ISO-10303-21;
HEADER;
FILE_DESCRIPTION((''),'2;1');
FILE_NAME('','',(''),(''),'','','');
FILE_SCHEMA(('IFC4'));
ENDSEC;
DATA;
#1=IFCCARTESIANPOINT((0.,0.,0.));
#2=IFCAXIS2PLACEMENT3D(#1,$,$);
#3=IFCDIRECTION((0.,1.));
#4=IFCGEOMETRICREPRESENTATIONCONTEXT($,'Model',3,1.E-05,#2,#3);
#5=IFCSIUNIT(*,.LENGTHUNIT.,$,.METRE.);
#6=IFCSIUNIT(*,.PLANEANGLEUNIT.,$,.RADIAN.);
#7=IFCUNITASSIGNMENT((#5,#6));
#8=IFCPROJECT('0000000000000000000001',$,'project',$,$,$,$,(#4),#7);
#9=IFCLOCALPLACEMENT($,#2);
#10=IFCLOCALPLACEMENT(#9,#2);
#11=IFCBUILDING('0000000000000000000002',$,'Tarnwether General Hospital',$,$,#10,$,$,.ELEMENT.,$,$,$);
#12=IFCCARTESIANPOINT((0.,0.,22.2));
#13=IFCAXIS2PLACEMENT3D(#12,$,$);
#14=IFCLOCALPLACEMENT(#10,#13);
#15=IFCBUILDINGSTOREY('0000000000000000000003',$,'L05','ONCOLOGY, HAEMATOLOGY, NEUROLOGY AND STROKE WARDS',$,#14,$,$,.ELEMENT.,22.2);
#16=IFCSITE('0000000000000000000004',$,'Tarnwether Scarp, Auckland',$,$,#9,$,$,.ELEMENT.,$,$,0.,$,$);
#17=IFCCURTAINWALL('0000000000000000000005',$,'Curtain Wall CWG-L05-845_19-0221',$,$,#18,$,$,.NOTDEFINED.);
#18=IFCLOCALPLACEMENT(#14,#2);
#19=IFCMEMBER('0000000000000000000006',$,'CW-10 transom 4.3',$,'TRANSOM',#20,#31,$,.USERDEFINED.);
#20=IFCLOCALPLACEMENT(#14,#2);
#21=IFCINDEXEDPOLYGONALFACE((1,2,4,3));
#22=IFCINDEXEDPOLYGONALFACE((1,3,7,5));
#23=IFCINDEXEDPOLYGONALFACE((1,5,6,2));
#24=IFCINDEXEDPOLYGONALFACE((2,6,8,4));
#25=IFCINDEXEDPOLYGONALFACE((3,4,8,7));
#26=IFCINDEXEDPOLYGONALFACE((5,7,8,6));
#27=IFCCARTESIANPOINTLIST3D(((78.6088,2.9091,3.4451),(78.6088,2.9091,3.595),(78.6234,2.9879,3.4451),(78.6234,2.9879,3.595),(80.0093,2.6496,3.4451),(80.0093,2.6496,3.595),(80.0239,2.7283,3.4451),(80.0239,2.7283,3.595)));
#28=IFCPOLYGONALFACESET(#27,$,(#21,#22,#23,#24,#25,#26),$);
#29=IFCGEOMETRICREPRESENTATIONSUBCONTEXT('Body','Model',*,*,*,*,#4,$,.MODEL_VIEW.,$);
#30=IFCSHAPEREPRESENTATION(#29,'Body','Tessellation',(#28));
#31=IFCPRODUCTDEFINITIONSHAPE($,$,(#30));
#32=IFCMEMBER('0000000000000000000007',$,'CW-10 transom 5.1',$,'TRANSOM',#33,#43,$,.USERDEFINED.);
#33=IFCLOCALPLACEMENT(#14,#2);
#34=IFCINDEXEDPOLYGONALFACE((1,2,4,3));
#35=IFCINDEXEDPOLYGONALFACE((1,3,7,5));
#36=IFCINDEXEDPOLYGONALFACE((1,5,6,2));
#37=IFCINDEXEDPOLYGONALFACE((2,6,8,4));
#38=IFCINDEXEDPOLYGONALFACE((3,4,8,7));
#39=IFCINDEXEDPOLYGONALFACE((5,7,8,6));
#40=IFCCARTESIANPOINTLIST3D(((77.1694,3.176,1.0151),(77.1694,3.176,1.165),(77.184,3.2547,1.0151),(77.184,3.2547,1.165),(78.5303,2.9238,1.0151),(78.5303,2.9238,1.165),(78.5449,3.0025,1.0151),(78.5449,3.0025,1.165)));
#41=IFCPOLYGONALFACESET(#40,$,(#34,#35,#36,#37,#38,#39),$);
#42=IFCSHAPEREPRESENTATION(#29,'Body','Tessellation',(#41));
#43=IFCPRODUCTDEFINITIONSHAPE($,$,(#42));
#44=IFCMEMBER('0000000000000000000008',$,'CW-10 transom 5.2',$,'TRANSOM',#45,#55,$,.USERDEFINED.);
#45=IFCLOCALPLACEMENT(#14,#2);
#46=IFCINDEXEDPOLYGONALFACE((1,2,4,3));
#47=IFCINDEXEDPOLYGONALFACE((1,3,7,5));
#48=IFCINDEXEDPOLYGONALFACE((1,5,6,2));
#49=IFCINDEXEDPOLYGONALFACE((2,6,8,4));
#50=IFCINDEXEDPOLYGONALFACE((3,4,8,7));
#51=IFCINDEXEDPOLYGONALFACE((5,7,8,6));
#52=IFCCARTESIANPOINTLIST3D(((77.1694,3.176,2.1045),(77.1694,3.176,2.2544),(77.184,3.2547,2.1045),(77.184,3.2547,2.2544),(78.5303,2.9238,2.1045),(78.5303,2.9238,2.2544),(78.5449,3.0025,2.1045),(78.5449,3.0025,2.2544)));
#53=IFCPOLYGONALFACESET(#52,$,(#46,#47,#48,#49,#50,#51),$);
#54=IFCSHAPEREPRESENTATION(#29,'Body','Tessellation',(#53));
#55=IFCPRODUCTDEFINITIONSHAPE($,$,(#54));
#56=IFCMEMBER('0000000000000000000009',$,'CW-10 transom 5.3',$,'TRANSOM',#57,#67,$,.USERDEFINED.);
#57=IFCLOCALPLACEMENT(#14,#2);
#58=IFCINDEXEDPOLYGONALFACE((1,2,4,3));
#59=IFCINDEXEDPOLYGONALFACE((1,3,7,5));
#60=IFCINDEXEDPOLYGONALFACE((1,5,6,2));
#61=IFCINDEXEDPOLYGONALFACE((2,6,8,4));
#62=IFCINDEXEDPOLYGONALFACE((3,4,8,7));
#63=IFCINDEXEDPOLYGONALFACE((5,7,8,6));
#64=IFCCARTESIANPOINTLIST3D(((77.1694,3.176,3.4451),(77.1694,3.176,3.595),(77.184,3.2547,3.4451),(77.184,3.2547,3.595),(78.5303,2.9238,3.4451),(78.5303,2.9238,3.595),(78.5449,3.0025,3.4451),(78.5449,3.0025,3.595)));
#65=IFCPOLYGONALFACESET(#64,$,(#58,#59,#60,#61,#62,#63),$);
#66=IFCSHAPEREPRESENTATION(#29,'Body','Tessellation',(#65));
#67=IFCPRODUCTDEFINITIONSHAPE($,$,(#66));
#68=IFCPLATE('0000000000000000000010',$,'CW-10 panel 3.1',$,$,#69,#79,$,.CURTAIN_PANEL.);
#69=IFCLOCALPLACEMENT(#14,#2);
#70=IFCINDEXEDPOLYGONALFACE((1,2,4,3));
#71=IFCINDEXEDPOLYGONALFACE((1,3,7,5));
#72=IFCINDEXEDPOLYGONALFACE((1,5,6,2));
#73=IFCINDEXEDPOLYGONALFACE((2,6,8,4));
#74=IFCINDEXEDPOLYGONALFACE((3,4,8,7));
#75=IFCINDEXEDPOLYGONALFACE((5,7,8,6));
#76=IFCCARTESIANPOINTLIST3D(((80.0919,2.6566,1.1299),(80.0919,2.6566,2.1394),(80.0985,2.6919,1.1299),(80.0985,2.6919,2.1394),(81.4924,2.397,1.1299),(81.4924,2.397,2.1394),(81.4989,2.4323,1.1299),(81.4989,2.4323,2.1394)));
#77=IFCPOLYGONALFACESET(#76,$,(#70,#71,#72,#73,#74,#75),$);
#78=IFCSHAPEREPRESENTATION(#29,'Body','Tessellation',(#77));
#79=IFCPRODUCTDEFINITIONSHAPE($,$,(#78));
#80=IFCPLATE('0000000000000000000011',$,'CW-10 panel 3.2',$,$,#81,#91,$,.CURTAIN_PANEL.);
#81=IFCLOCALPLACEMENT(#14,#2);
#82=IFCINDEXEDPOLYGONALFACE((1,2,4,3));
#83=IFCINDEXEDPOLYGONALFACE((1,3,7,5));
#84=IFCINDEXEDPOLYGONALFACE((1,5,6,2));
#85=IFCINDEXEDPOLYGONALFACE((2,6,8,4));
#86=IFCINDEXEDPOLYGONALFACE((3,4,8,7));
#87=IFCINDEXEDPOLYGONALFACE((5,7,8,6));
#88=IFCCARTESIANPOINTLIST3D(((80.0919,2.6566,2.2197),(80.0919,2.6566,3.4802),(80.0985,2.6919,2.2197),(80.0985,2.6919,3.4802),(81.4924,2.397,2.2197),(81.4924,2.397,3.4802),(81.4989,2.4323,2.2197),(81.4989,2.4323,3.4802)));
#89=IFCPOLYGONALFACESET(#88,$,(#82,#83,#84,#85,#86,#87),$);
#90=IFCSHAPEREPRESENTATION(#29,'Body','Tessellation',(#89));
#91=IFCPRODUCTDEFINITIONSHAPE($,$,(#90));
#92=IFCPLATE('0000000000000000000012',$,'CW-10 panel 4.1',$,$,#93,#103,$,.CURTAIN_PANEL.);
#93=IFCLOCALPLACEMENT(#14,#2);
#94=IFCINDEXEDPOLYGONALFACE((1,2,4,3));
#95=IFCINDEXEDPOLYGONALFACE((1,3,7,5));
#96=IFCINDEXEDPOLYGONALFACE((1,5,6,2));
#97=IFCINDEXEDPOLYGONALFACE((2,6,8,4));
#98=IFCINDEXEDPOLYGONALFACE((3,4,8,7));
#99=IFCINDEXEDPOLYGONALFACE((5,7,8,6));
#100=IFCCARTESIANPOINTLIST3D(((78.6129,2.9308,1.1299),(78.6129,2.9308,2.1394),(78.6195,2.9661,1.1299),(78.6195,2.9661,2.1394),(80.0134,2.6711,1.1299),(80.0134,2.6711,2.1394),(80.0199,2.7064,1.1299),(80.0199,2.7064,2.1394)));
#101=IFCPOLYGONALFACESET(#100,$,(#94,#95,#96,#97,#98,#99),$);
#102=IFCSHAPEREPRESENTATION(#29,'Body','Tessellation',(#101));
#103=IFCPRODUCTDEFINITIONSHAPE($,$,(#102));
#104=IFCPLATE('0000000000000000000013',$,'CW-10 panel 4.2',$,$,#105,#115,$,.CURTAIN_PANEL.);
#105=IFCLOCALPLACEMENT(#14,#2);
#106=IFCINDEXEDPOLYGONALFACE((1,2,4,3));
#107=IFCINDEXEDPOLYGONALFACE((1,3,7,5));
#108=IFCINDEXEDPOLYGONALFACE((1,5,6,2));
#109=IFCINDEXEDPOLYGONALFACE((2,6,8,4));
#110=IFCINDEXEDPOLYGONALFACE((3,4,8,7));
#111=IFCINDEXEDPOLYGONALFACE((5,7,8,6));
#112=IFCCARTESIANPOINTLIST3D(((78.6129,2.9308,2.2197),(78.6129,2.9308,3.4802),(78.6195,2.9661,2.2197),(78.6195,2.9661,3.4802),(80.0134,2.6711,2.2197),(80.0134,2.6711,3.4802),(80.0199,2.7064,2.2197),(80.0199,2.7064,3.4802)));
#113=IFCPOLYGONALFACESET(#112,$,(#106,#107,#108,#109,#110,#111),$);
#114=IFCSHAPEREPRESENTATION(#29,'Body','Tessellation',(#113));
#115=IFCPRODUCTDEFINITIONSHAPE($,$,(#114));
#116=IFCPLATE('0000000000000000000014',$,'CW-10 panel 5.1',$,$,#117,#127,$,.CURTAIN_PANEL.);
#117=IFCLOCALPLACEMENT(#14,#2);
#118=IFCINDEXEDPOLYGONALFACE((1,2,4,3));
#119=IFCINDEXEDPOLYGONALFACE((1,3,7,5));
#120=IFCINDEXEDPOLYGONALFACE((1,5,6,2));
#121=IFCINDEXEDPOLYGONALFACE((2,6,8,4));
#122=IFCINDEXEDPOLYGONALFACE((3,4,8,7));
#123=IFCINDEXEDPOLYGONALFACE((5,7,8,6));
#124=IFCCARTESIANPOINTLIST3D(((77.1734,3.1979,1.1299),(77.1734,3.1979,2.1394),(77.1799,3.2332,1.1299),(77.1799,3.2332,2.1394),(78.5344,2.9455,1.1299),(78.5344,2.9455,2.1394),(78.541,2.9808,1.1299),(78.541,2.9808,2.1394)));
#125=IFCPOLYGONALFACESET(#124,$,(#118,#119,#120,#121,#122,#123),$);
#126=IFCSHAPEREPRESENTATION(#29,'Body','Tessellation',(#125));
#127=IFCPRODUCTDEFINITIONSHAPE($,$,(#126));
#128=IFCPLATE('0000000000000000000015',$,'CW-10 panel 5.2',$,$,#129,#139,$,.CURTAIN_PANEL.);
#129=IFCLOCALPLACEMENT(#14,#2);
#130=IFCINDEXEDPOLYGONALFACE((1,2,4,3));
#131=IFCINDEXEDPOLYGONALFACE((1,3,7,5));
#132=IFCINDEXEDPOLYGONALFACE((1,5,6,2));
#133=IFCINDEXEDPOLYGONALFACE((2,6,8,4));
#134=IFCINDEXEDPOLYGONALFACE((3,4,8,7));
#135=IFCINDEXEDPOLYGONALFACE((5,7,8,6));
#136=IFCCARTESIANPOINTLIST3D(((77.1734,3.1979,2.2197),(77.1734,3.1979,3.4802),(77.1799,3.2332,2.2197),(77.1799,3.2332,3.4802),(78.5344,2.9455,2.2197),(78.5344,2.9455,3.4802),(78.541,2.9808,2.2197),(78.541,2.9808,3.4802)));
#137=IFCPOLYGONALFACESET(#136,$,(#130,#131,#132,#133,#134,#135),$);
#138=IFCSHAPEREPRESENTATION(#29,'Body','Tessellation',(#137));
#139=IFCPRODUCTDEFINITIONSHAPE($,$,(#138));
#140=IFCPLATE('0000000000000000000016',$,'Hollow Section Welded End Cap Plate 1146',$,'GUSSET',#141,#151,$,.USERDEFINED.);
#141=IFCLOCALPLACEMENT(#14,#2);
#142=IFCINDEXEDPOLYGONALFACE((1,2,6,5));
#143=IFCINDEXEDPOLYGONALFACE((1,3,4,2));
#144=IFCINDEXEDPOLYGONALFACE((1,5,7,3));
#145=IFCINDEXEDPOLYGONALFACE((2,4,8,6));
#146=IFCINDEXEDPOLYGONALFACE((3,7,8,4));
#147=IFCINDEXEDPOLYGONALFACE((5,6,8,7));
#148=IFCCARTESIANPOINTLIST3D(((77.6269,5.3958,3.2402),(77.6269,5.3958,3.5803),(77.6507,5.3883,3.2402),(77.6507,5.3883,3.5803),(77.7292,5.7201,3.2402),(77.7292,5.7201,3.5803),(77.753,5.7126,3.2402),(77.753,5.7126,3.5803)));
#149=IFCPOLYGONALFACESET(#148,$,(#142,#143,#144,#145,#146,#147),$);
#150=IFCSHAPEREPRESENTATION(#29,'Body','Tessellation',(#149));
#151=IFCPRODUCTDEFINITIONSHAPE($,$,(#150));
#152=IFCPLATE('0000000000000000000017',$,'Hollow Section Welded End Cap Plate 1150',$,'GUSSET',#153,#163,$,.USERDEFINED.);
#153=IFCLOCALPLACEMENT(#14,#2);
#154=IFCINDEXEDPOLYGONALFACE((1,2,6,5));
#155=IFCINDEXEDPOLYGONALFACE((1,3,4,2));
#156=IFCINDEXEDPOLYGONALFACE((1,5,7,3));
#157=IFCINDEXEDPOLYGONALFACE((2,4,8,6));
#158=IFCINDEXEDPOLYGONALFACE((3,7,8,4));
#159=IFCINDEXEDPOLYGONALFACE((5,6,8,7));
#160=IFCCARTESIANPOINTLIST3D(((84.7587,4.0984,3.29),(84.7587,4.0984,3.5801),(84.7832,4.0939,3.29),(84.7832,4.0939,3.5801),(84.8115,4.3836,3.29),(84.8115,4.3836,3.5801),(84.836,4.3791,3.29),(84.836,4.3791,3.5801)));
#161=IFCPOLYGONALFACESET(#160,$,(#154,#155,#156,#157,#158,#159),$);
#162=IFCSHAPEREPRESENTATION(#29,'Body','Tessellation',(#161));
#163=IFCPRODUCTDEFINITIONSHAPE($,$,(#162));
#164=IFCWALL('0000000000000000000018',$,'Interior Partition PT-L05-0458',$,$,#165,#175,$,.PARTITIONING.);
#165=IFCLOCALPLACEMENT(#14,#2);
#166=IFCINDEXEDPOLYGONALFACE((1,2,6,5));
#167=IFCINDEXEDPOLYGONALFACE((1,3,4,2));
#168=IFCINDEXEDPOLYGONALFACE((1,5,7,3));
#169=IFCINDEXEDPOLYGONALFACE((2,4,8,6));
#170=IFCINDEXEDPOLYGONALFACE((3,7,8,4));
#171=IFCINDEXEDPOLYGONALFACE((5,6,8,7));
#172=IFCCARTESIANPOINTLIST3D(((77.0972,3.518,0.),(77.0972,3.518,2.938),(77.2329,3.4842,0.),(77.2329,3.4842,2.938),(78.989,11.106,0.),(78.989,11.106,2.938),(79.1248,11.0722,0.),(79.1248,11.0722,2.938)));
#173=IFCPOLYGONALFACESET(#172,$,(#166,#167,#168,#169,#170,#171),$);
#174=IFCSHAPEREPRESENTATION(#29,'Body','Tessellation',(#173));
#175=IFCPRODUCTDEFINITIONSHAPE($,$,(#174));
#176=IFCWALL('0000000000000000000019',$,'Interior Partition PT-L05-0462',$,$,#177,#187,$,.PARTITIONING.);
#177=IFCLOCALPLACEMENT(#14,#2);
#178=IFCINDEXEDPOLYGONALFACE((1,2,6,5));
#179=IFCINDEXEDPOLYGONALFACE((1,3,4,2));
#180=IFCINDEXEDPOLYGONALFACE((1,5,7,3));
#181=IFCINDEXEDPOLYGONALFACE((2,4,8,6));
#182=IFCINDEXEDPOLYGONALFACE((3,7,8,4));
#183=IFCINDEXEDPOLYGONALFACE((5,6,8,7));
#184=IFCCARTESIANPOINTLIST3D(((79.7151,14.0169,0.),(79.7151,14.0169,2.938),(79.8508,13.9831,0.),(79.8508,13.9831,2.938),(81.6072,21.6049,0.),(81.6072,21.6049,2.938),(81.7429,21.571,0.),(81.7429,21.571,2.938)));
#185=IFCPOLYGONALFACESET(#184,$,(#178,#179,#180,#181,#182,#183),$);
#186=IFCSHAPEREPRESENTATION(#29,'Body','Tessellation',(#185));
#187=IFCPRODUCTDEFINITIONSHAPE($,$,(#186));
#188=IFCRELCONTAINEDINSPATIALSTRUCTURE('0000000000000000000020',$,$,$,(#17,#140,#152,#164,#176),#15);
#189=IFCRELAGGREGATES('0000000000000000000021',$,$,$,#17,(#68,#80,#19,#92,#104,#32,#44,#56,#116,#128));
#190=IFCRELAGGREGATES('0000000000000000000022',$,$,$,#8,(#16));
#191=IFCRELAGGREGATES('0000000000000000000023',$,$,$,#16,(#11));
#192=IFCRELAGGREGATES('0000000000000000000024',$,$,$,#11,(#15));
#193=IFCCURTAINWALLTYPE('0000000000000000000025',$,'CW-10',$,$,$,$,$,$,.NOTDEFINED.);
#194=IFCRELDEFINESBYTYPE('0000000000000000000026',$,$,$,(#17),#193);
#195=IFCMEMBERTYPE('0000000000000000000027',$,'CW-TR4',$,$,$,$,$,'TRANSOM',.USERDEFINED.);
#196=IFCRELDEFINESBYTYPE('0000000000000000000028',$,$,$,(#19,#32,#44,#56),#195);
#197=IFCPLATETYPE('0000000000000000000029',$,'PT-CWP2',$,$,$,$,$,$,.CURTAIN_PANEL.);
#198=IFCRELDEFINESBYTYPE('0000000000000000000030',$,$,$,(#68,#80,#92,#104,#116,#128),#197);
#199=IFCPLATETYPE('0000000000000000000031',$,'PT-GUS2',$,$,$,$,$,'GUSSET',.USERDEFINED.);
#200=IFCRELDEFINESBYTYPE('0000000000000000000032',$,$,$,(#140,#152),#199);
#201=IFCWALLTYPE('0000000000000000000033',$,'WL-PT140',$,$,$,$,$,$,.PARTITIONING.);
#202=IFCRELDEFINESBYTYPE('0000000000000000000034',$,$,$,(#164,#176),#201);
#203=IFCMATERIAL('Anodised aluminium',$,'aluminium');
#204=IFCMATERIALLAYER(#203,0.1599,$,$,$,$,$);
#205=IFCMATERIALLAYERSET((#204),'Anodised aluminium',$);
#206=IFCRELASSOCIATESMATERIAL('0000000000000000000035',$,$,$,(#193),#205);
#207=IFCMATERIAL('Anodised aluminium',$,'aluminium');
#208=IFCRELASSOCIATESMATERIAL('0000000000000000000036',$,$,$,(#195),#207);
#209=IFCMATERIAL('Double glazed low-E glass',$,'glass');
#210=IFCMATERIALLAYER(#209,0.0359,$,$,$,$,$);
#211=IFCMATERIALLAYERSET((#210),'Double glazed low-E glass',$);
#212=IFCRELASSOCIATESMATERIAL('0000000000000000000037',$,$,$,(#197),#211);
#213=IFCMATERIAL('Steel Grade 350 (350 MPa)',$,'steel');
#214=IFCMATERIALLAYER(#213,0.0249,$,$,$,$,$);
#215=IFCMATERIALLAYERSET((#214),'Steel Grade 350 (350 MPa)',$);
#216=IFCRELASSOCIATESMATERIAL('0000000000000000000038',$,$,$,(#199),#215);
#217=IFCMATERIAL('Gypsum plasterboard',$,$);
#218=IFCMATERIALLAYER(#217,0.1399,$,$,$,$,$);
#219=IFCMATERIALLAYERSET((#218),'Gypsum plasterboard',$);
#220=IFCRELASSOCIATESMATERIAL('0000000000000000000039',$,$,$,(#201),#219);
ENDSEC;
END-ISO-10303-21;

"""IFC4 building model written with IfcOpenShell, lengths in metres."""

from ifc_helpers import new_model, si_unit, direction, frame, frame_2d, origin, origin_2d, place, context, subcontext, project, spatial, rectangle, extrude, material, layer, layer_set, material_profile, profile_set, type_object, element, aggregate, save


model = new_model("IFC4")

# Units and contexts
model_context = context("Model", 3, precision=1e-05, world=origin(), true_north=direction((0.0, 1.0)))
body_context = subcontext(model_context, "Body", "Model", "MODEL_VIEW")
ifc_project = project(units=[si_unit("LENGTHUNIT", "METRE"), si_unit("PLANEANGLEUNIT", "RADIAN")], contexts=[model_context])

# Site, building, storey
site_placement = place(None, origin())
site = spatial("IfcSite", under=ifc_project, at=site_placement, Name="Tarnwether Scarp, Auckland", CompositionType="ELEMENT", RefElevation=0.0)
building_placement = place(site_placement, origin())
building = spatial("IfcBuilding", under=site, at=building_placement, Name="Tarnwether General Hospital", CompositionType="ELEMENT")
storey_placement = place(building_placement, frame((0.0, 0.0, 22.2)))
storey = spatial("IfcBuildingStorey", under=building, at=storey_placement, Name="L05", Description="ONCOLOGY, HAEMATOLOGY, NEUROLOGY AND STROKE WARDS", CompositionType="ELEMENT", Elevation=22.2)

# Curtain wall, members, plates
ifc_material_1 = material(Name="Anodised aluminium", Category="aluminium")
ifc_layer_1 = layer(ifc_material_1, 0.1599)
ifc_layer_set_1 = layer_set([ifc_layer_1], Name="Anodised aluminium")
curtain_wall_type = type_object("IfcCurtainWallType", Name="CW-10", PredefinedType="NOTDEFINED", material=ifc_layer_set_1)
curtain_wall_placement = place(storey_placement, origin())
curtain_wall = element("IfcCurtainWall", 1, at=curtain_wall_placement, inside=storey, type_object=curtain_wall_type, Name="Curtain Wall CWG-L05-845_19-0221", PredefinedType="NOTDEFINED")
ifc_material_2 = material(Name="Anodised aluminium", Category="aluminium")
ifc_material_profile_1 = material_profile(ifc_material_2, rectangle(XDim=0.0801, YDim=0.1499, at=origin_2d()), Name="ALU-TRN-80x150")
ifc_profile_set_1 = profile_set([ifc_material_profile_1], Name="Anodised aluminium")
member_type_1 = type_object("IfcMemberType", Name="CW-TR4", ElementType="TRANSOM", PredefinedType="USERDEFINED", material=ifc_profile_set_1)
member_1_placement = place(storey_placement, frame((80.0166, 2.689, 3.52), z_axis=(-0.983258, 0.182218, 0.0), x_axis=(-0.182218, -0.983258, 0.0)))
member_1 = element("IfcMember", 2, at=member_1_placement, type_object=member_type_1, Name="CW-10 transom 4.3", ObjectType="TRANSOM", PredefinedType="USERDEFINED", context=body_context, shape_type="SweptSolid", body=[
    extrude(rectangle(XDim=0.0801, YDim=0.1499, at=origin_2d()), origin(), (0.0, 0.0, 1.0), 1.4243),
])
member_2_placement = place(storey_placement, frame((78.5376, 2.9631, 1.0901), z_axis=(-0.983257, 0.182222, 0.0), x_axis=(-0.182222, -0.983257, 0.0)))
member_2 = element("IfcMember", 3, at=member_2_placement, type_object=member_type_1, Name="CW-10 transom 5.1", ObjectType="TRANSOM", PredefinedType="USERDEFINED", context=body_context, shape_type="SweptSolid", body=[
    extrude(rectangle(XDim=0.0801, YDim=0.1499, at=origin_2d()), origin(), (0.0, 0.0, 1.0), 1.384),
])
member_3_placement = place(storey_placement, frame((78.5376, 2.9631, 2.1794), z_axis=(-0.983257, 0.182222, 0.0), x_axis=(-0.182222, -0.983257, 0.0)))
member_3 = element("IfcMember", 4, at=member_3_placement, type_object=member_type_1, Name="CW-10 transom 5.2", ObjectType="TRANSOM", PredefinedType="USERDEFINED", context=body_context, shape_type="SweptSolid", body=[
    extrude(rectangle(XDim=0.0801, YDim=0.1499, at=origin_2d()), origin(), (0.0, 0.0, 1.0), 1.384),
])
member_4_placement = place(storey_placement, frame((78.5376, 2.9631, 3.52), z_axis=(-0.983257, 0.182222, 0.0), x_axis=(-0.182222, -0.983257, 0.0)))
member_4 = element("IfcMember", 5, at=member_4_placement, type_object=member_type_1, Name="CW-10 transom 5.3", ObjectType="TRANSOM", PredefinedType="USERDEFINED", context=body_context, shape_type="SweptSolid", body=[
    extrude(rectangle(XDim=0.0801, YDim=0.1499, at=origin_2d()), origin(), (0.0, 0.0, 1.0), 1.384),
])
ifc_material_3 = material(Name="Double glazed low-E glass", Category="glass")
ifc_layer_2 = layer(ifc_material_3, 0.0359)
ifc_layer_set_2 = layer_set([ifc_layer_2], Name="Double glazed low-E glass")
plate_type_1 = type_object("IfcPlateType", Name="PT-CWP2", PredefinedType="CURTAIN_PANEL", material=ifc_layer_set_2)
plate_1_placement = place(storey_placement, frame((80.7954, 2.5444, 1.1299), z_axis=(0.0, 0.0, 1.0), x_axis=(-0.983245, 0.182289, 0.0)))
plate_1 = element("IfcPlate", 6, at=plate_1_placement, type_object=plate_type_1, Name="CW-10 panel 3.1", PredefinedType="CURTAIN_PANEL", context=body_context, shape_type="SweptSolid", body=[
    extrude(rectangle(XDim=1.4243, YDim=0.0359, at=origin_2d()), origin(), (0.0, 0.0, 1.0), 1.0095),
])
plate_2_placement = place(storey_placement, frame((80.7954, 2.5444, 2.2197), z_axis=(0.0, 0.0, 1.0), x_axis=(-0.983245, 0.182289, 0.0)))
plate_2 = element("IfcPlate", 7, at=plate_2_placement, type_object=plate_type_1, Name="CW-10 panel 3.2", PredefinedType="CURTAIN_PANEL", context=body_context, shape_type="SweptSolid", body=[
    extrude(rectangle(XDim=1.4243, YDim=0.0359, at=origin_2d()), origin(), (0.0, 0.0, 1.0), 1.2605),
])
plate_3_placement = place(storey_placement, frame((79.3164, 2.8186, 1.1299), z_axis=(0.0, 0.0, 1.0), x_axis=(-0.983245, 0.182289, 0.0)))
plate_3 = element("IfcPlate", 8, at=plate_3_placement, type_object=plate_type_1, Name="CW-10 panel 4.1", PredefinedType="CURTAIN_PANEL", context=body_context, shape_type="SweptSolid", body=[
    extrude(rectangle(XDim=1.4243, YDim=0.0359, at=origin_2d()), origin(), (0.0, 0.0, 1.0), 1.0095),
])
plate_4_placement = place(storey_placement, frame((79.3164, 2.8186, 2.2197), z_axis=(0.0, 0.0, 1.0), x_axis=(-0.983245, 0.182289, 0.0)))
plate_4 = element("IfcPlate", 9, at=plate_4_placement, type_object=plate_type_1, Name="CW-10 panel 4.2", PredefinedType="CURTAIN_PANEL", context=body_context, shape_type="SweptSolid", body=[
    extrude(rectangle(XDim=1.4243, YDim=0.0359, at=origin_2d()), origin(), (0.0, 0.0, 1.0), 1.2605),
])
plate_5_placement = place(storey_placement, frame((77.8572, 3.0894, 1.1299), z_axis=(0.0, 0.0, 1.0), x_axis=(-0.983245, 0.182289, 0.0)))
plate_5 = element("IfcPlate", 10, at=plate_5_placement, type_object=plate_type_1, Name="CW-10 panel 5.1", PredefinedType="CURTAIN_PANEL", context=body_context, shape_type="SweptSolid", body=[
    extrude(rectangle(XDim=1.3843, YDim=0.0359, at=origin_2d()), origin(), (0.0, 0.0, 1.0), 1.0095),
])
plate_6_placement = place(storey_placement, frame((77.8572, 3.0894, 2.2197), z_axis=(0.0, 0.0, 1.0), x_axis=(-0.983245, 0.182289, 0.0)))
plate_6 = element("IfcPlate", 11, at=plate_6_placement, type_object=plate_type_1, Name="CW-10 panel 5.2", PredefinedType="CURTAIN_PANEL", context=body_context, shape_type="SweptSolid", body=[
    extrude(rectangle(XDim=1.3843, YDim=0.0359, at=origin_2d()), origin(), (0.0, 0.0, 1.0), 1.2605),
])
aggregate(curtain_wall, [plate_1, plate_2, member_1, plate_3, plate_4, member_2, member_3, member_4, plate_5, plate_6])

# Plates
ifc_material_4 = material(Name="Steel Grade 350 (350 MPa)", Category="steel")
ifc_layer_3 = layer(ifc_material_4, 0.0249)
ifc_layer_set_3 = layer_set([ifc_layer_3], Name="Steel Grade 350 (350 MPa)")
plate_type_2 = type_object("IfcPlateType", Name="PT-GUS2", ElementType="GUSSET", PredefinedType="USERDEFINED", material=ifc_layer_set_3)
plate_7_placement = place(storey_placement, frame((77.6899, 5.5542, 3.2402), z_axis=(0.0, 0.0, 1.0), x_axis=(0.953691, -0.300789, 0.0)))
element("IfcPlate", 12, at=plate_7_placement, inside=storey, type_object=plate_type_2, Name="Hollow Section Welded End Cap Plate 1146", ObjectType="GUSSET", PredefinedType="USERDEFINED", context=body_context, shape_type="SweptSolid", body=[
    extrude(rectangle(XDim=0.0249, YDim=0.3401, at=origin_2d()), origin(), (0.0, 0.0, 1.0), 0.3401),
])
plate_8_placement = place(storey_placement, frame((84.7974, 4.2388, 3.29), z_axis=(0.0, 0.0, 1.0), x_axis=(0.983261, -0.182201, 0.0)))
element("IfcPlate", 13, at=plate_8_placement, inside=storey, type_object=plate_type_2, Name="Hollow Section Welded End Cap Plate 1150", ObjectType="GUSSET", PredefinedType="USERDEFINED", context=body_context, shape_type="SweptSolid", body=[
    extrude(rectangle(XDim=0.0249, YDim=0.29, at=origin_2d()), origin(), (0.0, 0.0, 1.0), 0.29),
])

# Walls
ifc_material_5 = material(Name="Gypsum plasterboard")
ifc_layer_4 = layer(ifc_material_5, 0.1399)
ifc_layer_set_4 = layer_set([ifc_layer_4], Name="Gypsum plasterboard")
wall_type_1 = type_object("IfcWallType", Name="WL-PT140", PredefinedType="PARTITIONING", material=ifc_layer_set_4)
for number, where, z_axis, x_axis, name in (
    (14, (79.0569, 11.0891, 0.0), (0.0, 0.0, 1.0), (-0.241911, -0.970298, 0.0), "Interior Partition PT-L05-0458"),
    (15, (79.783, 14.0, 0.0), (0.0, 0.0, 1.0), (0.241948, 0.970289, 0.0), "Interior Partition PT-L05-0462"),
):
    element("IfcWall", number, at=place(storey_placement, frame(where, z_axis=z_axis, x_axis=x_axis)), inside=storey, type_object=wall_type_1, Name=name, PredefinedType="PARTITIONING", context=body_context, shape_type="SweptSolid", body=[
        extrude(rectangle(XDim=7.8203, YDim=0.1399, at=frame_2d((3.9102, 0.0))), origin(), (0.0, 0.0, 1.0), 2.938),
    ])

save(model, "model.ifc")
